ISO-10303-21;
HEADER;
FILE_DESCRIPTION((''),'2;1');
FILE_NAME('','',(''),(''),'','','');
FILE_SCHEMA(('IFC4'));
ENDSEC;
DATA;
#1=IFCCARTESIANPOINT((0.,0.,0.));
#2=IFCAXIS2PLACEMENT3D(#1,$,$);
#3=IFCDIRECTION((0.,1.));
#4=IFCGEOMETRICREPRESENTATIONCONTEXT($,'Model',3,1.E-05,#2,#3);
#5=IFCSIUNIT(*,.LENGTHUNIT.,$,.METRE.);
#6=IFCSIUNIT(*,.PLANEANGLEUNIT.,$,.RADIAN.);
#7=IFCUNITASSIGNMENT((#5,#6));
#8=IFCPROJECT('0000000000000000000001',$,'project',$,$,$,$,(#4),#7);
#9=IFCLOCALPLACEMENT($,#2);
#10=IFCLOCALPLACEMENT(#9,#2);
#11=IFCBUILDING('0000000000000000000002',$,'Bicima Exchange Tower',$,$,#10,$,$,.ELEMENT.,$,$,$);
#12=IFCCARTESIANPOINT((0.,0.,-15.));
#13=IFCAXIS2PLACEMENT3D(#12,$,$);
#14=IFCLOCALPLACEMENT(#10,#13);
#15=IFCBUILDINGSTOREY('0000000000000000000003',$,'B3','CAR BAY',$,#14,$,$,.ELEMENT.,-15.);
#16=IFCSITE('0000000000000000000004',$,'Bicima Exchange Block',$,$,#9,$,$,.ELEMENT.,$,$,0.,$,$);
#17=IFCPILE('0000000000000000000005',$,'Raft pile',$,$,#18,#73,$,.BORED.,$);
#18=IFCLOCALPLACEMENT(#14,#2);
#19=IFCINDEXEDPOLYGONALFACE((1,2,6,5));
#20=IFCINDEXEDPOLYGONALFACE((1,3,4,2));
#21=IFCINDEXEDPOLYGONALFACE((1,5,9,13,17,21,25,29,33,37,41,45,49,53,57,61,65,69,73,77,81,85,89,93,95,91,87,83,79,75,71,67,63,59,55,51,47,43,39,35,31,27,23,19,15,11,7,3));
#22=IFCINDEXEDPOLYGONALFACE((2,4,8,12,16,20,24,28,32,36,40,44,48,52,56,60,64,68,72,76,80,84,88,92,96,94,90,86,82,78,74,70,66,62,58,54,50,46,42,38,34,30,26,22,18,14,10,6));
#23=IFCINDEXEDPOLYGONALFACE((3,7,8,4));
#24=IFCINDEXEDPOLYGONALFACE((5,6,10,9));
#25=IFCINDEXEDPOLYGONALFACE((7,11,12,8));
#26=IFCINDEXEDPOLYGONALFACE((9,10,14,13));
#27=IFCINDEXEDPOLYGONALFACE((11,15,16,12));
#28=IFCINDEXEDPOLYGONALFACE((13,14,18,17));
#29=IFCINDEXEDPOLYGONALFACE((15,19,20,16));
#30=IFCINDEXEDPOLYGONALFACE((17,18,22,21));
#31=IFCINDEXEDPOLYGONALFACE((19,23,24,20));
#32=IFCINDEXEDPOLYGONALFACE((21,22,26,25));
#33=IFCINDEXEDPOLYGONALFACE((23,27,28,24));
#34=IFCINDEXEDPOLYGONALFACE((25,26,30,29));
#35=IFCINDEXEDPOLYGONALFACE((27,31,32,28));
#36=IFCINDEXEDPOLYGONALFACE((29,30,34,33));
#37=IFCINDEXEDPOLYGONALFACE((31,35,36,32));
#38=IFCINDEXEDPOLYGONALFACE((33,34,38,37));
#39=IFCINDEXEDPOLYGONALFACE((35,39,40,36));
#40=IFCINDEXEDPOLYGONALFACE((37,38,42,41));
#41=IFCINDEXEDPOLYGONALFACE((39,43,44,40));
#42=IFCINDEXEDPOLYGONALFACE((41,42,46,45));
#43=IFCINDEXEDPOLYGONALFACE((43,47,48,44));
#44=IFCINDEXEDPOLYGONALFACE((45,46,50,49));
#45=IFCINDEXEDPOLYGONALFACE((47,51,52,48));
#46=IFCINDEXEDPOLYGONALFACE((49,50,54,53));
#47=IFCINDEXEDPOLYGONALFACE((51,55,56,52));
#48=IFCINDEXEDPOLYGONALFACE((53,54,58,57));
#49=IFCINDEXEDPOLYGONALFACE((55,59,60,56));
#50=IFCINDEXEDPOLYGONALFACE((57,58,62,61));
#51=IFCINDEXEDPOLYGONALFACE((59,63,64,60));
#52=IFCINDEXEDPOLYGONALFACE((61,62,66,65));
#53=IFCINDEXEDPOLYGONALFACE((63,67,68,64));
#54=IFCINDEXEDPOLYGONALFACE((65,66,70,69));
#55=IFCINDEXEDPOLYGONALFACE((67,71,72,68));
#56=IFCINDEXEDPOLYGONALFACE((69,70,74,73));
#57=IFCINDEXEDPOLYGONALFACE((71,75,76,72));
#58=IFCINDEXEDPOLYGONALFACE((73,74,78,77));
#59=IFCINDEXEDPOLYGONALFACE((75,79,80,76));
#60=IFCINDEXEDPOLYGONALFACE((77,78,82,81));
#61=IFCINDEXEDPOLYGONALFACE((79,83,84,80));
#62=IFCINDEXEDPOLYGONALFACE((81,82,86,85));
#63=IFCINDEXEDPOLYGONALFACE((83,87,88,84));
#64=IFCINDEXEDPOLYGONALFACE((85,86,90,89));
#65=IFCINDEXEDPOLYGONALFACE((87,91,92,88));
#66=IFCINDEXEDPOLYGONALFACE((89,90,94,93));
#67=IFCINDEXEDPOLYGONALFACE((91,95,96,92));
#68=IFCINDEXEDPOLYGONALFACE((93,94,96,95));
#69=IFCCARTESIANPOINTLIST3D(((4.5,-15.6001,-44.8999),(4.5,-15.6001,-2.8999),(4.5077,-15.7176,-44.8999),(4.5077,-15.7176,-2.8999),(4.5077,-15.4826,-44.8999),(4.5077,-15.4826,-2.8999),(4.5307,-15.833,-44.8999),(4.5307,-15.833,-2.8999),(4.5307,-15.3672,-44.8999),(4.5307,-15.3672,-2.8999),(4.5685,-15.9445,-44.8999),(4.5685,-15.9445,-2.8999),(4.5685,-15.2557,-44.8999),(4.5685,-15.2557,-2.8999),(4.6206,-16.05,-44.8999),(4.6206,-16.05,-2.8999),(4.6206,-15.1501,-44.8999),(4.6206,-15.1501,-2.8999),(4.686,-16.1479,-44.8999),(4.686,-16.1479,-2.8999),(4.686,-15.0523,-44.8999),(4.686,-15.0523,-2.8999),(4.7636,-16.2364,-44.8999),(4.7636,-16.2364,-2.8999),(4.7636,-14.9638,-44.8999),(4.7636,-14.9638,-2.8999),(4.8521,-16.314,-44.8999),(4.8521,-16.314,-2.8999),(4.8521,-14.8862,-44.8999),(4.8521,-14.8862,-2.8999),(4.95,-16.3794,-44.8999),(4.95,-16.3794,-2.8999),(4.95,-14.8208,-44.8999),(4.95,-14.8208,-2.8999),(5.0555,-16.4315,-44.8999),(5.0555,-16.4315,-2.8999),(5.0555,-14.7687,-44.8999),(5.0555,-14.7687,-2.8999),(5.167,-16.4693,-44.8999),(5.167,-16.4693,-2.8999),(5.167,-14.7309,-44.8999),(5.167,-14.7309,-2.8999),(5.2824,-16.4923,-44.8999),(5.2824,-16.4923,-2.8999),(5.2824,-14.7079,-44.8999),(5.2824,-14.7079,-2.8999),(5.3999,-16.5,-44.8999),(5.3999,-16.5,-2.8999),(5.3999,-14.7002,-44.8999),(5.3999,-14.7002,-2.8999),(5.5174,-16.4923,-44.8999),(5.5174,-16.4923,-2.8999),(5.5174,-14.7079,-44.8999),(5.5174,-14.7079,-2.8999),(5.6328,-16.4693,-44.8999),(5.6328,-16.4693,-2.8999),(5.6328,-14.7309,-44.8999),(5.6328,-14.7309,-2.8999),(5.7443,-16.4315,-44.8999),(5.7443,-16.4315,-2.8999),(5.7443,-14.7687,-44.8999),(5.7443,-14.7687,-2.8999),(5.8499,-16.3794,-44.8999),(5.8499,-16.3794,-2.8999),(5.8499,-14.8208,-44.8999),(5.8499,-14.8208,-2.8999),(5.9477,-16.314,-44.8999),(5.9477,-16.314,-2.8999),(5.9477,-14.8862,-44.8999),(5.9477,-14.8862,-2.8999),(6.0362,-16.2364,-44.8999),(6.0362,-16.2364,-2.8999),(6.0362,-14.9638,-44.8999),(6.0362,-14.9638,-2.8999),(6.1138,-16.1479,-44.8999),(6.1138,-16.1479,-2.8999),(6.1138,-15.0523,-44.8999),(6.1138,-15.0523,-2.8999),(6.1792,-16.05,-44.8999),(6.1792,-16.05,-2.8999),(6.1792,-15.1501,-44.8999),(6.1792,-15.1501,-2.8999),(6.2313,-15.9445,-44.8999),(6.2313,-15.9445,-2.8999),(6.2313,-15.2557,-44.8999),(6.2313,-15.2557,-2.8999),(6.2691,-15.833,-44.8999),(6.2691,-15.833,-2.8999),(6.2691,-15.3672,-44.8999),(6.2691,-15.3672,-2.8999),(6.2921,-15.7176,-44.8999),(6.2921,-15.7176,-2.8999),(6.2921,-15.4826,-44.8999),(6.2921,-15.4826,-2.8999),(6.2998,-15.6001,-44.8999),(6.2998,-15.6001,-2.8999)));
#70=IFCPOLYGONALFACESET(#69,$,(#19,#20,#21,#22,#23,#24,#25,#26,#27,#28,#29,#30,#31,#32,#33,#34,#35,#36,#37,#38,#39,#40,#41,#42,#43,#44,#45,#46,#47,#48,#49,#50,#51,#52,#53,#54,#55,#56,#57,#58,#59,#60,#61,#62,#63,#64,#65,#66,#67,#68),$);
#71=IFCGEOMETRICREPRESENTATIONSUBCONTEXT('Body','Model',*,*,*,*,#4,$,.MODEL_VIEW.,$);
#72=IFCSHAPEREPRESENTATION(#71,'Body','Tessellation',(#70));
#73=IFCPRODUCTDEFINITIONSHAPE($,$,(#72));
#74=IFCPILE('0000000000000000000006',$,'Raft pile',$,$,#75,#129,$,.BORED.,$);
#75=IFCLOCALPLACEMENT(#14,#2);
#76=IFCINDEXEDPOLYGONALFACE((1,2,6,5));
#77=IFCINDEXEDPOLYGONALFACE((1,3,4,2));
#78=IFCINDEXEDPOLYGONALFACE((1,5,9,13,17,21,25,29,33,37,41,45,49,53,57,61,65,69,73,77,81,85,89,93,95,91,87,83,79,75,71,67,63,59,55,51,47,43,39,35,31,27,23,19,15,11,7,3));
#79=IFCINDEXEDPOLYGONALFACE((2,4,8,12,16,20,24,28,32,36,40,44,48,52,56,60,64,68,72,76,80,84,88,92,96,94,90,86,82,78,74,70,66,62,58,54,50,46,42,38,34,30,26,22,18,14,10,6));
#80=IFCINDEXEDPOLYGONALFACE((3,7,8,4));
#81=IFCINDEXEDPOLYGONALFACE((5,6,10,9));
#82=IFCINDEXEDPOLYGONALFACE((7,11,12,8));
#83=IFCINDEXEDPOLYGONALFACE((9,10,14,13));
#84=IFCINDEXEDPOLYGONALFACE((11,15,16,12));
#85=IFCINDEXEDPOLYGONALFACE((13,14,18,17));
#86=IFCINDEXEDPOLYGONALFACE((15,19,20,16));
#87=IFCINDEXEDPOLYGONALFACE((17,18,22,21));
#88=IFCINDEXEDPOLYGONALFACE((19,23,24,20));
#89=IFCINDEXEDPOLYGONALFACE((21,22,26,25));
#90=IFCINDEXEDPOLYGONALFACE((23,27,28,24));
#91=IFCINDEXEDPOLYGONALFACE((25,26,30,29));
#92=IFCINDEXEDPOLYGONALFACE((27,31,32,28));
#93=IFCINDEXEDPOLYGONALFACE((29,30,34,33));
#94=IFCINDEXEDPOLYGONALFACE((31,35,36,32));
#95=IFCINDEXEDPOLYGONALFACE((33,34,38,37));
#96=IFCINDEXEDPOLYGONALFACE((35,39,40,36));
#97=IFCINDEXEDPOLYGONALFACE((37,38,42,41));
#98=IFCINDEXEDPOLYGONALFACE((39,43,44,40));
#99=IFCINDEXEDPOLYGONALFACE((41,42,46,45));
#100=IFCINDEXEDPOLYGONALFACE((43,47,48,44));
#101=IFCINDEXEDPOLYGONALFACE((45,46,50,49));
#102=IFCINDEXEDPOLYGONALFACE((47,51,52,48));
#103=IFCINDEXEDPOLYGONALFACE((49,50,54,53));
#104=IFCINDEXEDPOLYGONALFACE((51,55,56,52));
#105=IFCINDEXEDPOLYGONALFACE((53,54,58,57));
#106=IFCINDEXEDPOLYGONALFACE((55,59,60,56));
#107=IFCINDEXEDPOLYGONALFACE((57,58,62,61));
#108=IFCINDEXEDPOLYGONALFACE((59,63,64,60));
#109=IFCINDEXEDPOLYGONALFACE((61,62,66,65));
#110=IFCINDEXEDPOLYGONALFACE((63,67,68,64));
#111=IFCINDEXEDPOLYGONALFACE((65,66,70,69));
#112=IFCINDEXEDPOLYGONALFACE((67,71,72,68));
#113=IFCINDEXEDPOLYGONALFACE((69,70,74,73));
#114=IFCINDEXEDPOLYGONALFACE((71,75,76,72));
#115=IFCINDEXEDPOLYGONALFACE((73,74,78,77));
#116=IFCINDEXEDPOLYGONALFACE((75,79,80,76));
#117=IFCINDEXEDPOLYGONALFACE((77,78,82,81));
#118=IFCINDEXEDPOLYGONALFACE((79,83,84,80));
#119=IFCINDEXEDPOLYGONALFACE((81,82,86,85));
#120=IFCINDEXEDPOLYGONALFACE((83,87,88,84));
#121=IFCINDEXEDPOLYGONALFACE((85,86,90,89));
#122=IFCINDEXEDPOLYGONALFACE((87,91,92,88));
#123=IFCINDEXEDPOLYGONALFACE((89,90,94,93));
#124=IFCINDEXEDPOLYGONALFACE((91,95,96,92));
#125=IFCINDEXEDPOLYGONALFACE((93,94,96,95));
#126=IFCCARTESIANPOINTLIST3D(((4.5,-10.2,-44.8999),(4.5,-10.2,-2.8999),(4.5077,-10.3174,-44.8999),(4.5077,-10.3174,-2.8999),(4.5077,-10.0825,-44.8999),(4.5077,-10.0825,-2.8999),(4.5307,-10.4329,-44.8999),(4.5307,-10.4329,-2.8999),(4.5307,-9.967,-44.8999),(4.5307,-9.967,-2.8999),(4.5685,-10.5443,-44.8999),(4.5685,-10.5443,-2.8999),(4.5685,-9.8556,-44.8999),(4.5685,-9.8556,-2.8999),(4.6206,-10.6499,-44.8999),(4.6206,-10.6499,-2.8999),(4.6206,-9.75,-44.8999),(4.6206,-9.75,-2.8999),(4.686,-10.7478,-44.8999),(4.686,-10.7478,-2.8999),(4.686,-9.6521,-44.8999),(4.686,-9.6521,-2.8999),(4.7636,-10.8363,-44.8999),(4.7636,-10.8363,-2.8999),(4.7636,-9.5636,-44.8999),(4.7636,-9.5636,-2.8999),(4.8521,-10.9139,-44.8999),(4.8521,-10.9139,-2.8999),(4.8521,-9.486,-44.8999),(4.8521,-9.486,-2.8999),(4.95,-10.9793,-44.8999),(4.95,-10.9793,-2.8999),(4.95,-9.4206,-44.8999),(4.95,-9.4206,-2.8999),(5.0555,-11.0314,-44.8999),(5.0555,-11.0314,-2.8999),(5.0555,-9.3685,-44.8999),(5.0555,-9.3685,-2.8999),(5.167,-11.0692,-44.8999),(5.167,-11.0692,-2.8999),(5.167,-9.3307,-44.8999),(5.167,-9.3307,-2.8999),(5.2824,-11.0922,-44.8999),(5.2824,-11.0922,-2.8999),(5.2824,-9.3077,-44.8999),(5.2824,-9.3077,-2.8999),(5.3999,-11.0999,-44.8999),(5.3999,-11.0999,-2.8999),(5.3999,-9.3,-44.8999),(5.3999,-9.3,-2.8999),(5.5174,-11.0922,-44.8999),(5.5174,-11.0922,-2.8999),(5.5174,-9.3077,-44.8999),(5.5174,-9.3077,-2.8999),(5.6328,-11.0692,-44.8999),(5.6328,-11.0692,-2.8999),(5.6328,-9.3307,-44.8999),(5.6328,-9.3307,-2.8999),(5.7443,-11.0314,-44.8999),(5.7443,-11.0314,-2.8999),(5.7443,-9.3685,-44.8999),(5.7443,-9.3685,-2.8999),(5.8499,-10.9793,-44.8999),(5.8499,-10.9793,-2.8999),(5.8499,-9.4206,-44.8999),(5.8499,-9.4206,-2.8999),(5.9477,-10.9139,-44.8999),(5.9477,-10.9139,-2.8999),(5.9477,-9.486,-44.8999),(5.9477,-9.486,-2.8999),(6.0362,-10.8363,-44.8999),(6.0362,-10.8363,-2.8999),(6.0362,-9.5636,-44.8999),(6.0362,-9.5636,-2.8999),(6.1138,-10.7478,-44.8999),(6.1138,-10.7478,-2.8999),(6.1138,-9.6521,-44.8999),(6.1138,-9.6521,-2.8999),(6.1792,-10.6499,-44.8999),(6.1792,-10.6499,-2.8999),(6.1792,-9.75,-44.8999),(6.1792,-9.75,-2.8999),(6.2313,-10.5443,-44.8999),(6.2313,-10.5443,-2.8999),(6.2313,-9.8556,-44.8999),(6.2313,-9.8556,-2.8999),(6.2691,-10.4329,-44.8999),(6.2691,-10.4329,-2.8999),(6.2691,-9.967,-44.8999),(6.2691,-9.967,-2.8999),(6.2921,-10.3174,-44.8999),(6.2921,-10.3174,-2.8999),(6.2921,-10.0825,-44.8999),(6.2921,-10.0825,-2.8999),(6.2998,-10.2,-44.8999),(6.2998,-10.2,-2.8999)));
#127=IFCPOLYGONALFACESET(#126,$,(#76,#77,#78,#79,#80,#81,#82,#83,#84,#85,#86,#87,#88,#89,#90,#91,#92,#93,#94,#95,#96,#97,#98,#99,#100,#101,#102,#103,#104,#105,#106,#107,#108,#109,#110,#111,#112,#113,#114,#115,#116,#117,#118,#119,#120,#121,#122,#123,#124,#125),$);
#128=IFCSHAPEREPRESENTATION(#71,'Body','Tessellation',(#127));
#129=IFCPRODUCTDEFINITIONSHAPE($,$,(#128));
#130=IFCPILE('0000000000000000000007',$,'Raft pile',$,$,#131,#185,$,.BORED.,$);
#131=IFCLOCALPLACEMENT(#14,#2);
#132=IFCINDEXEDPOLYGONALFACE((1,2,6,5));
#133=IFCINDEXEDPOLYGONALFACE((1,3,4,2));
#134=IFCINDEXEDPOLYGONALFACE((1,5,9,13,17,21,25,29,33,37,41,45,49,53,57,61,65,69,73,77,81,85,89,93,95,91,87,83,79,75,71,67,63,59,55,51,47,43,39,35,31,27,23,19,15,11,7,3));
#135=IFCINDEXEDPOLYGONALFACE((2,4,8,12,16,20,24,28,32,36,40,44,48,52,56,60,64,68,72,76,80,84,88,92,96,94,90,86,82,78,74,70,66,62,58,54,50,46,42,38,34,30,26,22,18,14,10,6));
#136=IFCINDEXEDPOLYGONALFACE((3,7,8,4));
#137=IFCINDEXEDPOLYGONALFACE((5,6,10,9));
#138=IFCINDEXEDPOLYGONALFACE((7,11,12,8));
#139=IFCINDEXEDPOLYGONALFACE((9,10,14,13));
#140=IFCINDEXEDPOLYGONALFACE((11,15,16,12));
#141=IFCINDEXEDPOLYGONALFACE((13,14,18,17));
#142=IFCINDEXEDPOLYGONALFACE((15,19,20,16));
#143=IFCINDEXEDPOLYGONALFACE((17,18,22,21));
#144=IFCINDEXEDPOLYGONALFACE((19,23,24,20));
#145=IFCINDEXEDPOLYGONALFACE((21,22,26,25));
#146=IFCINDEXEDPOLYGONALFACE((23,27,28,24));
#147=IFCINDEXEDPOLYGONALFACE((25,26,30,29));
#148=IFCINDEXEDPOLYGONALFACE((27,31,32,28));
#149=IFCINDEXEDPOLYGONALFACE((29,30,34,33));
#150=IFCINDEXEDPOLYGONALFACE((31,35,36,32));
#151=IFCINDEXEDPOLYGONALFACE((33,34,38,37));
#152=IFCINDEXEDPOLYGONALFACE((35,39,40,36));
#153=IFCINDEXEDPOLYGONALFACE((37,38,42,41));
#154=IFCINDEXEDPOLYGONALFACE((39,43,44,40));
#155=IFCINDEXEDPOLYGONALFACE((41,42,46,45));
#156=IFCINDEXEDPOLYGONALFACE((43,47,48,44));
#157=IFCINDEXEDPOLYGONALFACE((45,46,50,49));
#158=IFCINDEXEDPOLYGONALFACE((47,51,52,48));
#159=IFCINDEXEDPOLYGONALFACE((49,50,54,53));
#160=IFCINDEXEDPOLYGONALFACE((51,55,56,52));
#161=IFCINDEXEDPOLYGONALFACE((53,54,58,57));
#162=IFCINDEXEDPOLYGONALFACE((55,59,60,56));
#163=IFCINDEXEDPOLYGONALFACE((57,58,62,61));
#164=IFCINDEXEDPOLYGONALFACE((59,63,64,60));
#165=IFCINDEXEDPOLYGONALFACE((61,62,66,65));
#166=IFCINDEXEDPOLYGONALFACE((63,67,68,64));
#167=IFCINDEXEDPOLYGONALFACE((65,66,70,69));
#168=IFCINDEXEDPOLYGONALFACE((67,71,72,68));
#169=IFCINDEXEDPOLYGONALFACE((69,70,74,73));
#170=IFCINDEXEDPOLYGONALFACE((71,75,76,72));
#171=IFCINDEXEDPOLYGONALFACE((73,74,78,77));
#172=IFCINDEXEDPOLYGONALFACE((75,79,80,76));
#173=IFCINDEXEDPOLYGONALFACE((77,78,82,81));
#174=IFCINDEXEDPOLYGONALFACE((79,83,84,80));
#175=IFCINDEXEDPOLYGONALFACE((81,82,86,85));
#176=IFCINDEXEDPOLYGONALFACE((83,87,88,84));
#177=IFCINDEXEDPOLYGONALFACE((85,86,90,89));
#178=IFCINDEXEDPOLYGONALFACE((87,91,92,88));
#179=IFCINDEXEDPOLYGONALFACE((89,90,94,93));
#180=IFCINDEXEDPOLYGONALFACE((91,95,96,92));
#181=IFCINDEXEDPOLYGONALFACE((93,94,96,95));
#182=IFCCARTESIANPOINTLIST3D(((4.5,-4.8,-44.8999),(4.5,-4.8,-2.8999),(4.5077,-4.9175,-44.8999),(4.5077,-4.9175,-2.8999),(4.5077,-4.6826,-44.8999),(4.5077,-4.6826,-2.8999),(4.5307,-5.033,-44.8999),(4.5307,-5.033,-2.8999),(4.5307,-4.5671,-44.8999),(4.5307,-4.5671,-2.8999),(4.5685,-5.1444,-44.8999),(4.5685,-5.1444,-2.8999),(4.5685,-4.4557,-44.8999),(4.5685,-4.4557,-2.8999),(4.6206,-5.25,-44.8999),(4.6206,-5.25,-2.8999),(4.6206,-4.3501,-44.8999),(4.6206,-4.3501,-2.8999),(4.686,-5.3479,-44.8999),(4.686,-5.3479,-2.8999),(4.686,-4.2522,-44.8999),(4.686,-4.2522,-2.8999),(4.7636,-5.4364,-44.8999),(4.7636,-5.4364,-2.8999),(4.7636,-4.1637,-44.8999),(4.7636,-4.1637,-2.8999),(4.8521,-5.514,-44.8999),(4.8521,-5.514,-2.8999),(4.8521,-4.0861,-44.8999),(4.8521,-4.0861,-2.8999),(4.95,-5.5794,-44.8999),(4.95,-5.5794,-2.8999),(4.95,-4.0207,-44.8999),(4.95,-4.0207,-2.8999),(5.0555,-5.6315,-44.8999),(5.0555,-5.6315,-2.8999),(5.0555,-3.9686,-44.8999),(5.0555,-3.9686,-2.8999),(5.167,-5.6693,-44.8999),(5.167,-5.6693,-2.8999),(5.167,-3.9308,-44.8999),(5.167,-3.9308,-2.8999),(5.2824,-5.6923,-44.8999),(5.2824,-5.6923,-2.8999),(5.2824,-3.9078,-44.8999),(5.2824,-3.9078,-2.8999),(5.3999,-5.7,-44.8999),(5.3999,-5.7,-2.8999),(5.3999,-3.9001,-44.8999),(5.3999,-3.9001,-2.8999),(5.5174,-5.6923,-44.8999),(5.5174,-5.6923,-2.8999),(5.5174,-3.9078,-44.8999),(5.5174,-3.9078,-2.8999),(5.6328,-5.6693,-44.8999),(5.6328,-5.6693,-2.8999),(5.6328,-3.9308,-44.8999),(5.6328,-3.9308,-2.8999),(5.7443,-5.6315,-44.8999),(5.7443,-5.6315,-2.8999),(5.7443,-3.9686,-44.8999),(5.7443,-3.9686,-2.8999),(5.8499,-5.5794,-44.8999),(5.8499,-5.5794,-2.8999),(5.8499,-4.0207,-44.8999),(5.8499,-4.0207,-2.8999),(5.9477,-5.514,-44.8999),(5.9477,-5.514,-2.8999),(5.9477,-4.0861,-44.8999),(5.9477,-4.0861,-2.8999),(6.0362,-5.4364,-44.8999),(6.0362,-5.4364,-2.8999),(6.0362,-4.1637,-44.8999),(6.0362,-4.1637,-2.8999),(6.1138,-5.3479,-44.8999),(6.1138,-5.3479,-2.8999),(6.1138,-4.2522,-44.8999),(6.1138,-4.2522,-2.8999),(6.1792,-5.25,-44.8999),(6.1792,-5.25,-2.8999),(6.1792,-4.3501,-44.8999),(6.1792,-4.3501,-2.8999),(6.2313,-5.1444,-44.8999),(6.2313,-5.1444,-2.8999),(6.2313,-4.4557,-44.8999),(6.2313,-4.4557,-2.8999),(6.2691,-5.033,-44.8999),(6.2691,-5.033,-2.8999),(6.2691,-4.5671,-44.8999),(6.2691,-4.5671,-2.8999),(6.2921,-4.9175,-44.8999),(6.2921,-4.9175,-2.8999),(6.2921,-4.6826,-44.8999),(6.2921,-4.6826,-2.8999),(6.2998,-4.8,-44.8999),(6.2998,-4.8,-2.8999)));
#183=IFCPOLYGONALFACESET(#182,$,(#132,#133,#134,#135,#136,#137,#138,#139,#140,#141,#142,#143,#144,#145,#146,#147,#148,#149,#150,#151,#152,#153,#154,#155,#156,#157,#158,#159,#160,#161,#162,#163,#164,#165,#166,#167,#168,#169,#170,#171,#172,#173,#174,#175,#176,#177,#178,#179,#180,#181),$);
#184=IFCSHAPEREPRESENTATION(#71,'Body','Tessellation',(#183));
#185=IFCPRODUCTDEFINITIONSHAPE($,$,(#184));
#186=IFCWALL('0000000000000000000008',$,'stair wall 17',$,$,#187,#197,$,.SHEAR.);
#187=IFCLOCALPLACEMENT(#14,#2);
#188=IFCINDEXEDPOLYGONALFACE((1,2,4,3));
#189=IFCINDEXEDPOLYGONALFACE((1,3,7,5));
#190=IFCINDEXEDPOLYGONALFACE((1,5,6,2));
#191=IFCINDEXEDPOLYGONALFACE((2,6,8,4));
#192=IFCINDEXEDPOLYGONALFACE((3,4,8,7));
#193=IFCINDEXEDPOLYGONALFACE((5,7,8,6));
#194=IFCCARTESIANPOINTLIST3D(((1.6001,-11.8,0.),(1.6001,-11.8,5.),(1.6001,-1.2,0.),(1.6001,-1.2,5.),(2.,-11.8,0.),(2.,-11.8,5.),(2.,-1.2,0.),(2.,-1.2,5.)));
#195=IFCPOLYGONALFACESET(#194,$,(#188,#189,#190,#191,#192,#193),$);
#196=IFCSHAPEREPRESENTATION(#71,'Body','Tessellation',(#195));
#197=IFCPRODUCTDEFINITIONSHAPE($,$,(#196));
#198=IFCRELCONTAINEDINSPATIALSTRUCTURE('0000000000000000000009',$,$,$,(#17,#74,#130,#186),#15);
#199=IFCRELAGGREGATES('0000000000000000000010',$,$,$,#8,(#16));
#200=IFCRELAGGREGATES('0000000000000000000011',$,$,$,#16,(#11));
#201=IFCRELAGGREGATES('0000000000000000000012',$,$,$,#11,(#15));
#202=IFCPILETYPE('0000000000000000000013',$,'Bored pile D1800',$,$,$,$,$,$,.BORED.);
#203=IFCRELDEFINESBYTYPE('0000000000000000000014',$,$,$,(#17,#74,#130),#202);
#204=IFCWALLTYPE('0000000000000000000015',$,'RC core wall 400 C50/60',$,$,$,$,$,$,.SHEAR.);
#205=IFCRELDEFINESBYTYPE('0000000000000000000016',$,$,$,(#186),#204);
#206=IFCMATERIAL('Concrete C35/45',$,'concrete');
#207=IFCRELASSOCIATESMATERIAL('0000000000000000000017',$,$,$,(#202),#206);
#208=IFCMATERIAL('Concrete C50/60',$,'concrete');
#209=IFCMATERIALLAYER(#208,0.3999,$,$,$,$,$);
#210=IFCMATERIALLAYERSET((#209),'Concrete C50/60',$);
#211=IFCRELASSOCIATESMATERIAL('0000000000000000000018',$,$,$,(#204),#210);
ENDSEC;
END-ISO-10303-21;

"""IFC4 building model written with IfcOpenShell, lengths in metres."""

from ifc_helpers import new_model, si_unit, direction, frame, frame_2d, origin, origin_2d, place, context, subcontext, project, spatial, rectangle, circle, extrude, material, layer, layer_set, material_profile, profile_set, type_object, element, save


model = new_model("IFC4")

# Units and contexts
model_context = context("Model", 3, precision=1e-05, world=origin(), true_north=direction((0.0, 1.0)))
body_context = subcontext(model_context, "Body", "Model", "MODEL_VIEW")
ifc_project = project(units=[si_unit("LENGTHUNIT", "METRE"), si_unit("PLANEANGLEUNIT", "RADIAN")], contexts=[model_context])

# Site, building, storey
site_placement = place(None, origin())
site = spatial("IfcSite", under=ifc_project, at=site_placement, Name="Bicima Exchange Block", CompositionType="ELEMENT", RefElevation=0.0)
building_placement = place(site_placement, origin())
building = spatial("IfcBuilding", under=site, at=building_placement, Name="Bicima Exchange Tower", CompositionType="ELEMENT")
storey_placement = place(building_placement, frame((0.0, 0.0, -15.0)))
storey = spatial("IfcBuildingStorey", under=building, at=storey_placement, Name="B3", Description="CAR BAY", CompositionType="ELEMENT", Elevation=-15.0)

# Piles
ifc_material_1 = material(Name="Concrete C35/45", Category="concrete")
ifc_material_profile = material_profile(ifc_material_1, circle(Radius=0.8999, at=origin_2d()))
ifc_profile_set = profile_set([ifc_material_profile], Name="Concrete C35/45")
pile_type = type_object("IfcPileType", Name="Bored pile D1800", PredefinedType="BORED", material=ifc_profile_set)
for number, where, z_axis, x_axis, name in (
    (1, (5.3999, -15.6001, -2.8999), (0.0, 0.0, -1.0), (1.0, 0.0, 0.0), "Raft pile"),
    (2, (5.3999, -10.2, -2.8999), (0.0, 0.0, -1.0), (1.0, 0.0, 0.0), "Raft pile"),
    (3, (5.3999, -4.8, -2.8999), (0.0, 0.0, -1.0), (1.0, 0.0, 0.0), "Raft pile"),
):
    element("IfcPile", number, at=place(storey_placement, frame(where, z_axis=z_axis, x_axis=x_axis)), inside=storey, type_object=pile_type, Name=name, PredefinedType="BORED", context=body_context, shape_type="SweptSolid", body=[
        extrude(circle(Radius=0.8999, at=origin_2d()), origin(), (0.0, 0.0, 1.0), 42.0),
    ])

# Wall
ifc_material_2 = material(Name="Concrete C50/60", Category="concrete")
ifc_layer_1 = layer(ifc_material_2, 0.3999)
ifc_layer_set_1 = layer_set([ifc_layer_1], Name="Concrete C50/60")
wall_type_1 = type_object("IfcWallType", Name="RC core wall 400 C50/60", PredefinedType="SHEAR", material=ifc_layer_set_1)
wall_1_placement = place(storey_placement, frame((1.8, -11.8, 0.0), z_axis=(0.0, 0.0, 1.0), x_axis=(0.0, 1.0, 0.0)))
element("IfcWall", 4, at=wall_1_placement, inside=storey, type_object=wall_type_1, Name="stair wall 17", PredefinedType="SHEAR", context=body_context, shape_type="SweptSolid", body=[
    extrude(rectangle(XDim=10.6001, YDim=0.3999, at=frame_2d((5.3, 0.0))), origin(), (0.0, 0.0, 1.0), 5.0),
])

save(model, "model.ifc")
